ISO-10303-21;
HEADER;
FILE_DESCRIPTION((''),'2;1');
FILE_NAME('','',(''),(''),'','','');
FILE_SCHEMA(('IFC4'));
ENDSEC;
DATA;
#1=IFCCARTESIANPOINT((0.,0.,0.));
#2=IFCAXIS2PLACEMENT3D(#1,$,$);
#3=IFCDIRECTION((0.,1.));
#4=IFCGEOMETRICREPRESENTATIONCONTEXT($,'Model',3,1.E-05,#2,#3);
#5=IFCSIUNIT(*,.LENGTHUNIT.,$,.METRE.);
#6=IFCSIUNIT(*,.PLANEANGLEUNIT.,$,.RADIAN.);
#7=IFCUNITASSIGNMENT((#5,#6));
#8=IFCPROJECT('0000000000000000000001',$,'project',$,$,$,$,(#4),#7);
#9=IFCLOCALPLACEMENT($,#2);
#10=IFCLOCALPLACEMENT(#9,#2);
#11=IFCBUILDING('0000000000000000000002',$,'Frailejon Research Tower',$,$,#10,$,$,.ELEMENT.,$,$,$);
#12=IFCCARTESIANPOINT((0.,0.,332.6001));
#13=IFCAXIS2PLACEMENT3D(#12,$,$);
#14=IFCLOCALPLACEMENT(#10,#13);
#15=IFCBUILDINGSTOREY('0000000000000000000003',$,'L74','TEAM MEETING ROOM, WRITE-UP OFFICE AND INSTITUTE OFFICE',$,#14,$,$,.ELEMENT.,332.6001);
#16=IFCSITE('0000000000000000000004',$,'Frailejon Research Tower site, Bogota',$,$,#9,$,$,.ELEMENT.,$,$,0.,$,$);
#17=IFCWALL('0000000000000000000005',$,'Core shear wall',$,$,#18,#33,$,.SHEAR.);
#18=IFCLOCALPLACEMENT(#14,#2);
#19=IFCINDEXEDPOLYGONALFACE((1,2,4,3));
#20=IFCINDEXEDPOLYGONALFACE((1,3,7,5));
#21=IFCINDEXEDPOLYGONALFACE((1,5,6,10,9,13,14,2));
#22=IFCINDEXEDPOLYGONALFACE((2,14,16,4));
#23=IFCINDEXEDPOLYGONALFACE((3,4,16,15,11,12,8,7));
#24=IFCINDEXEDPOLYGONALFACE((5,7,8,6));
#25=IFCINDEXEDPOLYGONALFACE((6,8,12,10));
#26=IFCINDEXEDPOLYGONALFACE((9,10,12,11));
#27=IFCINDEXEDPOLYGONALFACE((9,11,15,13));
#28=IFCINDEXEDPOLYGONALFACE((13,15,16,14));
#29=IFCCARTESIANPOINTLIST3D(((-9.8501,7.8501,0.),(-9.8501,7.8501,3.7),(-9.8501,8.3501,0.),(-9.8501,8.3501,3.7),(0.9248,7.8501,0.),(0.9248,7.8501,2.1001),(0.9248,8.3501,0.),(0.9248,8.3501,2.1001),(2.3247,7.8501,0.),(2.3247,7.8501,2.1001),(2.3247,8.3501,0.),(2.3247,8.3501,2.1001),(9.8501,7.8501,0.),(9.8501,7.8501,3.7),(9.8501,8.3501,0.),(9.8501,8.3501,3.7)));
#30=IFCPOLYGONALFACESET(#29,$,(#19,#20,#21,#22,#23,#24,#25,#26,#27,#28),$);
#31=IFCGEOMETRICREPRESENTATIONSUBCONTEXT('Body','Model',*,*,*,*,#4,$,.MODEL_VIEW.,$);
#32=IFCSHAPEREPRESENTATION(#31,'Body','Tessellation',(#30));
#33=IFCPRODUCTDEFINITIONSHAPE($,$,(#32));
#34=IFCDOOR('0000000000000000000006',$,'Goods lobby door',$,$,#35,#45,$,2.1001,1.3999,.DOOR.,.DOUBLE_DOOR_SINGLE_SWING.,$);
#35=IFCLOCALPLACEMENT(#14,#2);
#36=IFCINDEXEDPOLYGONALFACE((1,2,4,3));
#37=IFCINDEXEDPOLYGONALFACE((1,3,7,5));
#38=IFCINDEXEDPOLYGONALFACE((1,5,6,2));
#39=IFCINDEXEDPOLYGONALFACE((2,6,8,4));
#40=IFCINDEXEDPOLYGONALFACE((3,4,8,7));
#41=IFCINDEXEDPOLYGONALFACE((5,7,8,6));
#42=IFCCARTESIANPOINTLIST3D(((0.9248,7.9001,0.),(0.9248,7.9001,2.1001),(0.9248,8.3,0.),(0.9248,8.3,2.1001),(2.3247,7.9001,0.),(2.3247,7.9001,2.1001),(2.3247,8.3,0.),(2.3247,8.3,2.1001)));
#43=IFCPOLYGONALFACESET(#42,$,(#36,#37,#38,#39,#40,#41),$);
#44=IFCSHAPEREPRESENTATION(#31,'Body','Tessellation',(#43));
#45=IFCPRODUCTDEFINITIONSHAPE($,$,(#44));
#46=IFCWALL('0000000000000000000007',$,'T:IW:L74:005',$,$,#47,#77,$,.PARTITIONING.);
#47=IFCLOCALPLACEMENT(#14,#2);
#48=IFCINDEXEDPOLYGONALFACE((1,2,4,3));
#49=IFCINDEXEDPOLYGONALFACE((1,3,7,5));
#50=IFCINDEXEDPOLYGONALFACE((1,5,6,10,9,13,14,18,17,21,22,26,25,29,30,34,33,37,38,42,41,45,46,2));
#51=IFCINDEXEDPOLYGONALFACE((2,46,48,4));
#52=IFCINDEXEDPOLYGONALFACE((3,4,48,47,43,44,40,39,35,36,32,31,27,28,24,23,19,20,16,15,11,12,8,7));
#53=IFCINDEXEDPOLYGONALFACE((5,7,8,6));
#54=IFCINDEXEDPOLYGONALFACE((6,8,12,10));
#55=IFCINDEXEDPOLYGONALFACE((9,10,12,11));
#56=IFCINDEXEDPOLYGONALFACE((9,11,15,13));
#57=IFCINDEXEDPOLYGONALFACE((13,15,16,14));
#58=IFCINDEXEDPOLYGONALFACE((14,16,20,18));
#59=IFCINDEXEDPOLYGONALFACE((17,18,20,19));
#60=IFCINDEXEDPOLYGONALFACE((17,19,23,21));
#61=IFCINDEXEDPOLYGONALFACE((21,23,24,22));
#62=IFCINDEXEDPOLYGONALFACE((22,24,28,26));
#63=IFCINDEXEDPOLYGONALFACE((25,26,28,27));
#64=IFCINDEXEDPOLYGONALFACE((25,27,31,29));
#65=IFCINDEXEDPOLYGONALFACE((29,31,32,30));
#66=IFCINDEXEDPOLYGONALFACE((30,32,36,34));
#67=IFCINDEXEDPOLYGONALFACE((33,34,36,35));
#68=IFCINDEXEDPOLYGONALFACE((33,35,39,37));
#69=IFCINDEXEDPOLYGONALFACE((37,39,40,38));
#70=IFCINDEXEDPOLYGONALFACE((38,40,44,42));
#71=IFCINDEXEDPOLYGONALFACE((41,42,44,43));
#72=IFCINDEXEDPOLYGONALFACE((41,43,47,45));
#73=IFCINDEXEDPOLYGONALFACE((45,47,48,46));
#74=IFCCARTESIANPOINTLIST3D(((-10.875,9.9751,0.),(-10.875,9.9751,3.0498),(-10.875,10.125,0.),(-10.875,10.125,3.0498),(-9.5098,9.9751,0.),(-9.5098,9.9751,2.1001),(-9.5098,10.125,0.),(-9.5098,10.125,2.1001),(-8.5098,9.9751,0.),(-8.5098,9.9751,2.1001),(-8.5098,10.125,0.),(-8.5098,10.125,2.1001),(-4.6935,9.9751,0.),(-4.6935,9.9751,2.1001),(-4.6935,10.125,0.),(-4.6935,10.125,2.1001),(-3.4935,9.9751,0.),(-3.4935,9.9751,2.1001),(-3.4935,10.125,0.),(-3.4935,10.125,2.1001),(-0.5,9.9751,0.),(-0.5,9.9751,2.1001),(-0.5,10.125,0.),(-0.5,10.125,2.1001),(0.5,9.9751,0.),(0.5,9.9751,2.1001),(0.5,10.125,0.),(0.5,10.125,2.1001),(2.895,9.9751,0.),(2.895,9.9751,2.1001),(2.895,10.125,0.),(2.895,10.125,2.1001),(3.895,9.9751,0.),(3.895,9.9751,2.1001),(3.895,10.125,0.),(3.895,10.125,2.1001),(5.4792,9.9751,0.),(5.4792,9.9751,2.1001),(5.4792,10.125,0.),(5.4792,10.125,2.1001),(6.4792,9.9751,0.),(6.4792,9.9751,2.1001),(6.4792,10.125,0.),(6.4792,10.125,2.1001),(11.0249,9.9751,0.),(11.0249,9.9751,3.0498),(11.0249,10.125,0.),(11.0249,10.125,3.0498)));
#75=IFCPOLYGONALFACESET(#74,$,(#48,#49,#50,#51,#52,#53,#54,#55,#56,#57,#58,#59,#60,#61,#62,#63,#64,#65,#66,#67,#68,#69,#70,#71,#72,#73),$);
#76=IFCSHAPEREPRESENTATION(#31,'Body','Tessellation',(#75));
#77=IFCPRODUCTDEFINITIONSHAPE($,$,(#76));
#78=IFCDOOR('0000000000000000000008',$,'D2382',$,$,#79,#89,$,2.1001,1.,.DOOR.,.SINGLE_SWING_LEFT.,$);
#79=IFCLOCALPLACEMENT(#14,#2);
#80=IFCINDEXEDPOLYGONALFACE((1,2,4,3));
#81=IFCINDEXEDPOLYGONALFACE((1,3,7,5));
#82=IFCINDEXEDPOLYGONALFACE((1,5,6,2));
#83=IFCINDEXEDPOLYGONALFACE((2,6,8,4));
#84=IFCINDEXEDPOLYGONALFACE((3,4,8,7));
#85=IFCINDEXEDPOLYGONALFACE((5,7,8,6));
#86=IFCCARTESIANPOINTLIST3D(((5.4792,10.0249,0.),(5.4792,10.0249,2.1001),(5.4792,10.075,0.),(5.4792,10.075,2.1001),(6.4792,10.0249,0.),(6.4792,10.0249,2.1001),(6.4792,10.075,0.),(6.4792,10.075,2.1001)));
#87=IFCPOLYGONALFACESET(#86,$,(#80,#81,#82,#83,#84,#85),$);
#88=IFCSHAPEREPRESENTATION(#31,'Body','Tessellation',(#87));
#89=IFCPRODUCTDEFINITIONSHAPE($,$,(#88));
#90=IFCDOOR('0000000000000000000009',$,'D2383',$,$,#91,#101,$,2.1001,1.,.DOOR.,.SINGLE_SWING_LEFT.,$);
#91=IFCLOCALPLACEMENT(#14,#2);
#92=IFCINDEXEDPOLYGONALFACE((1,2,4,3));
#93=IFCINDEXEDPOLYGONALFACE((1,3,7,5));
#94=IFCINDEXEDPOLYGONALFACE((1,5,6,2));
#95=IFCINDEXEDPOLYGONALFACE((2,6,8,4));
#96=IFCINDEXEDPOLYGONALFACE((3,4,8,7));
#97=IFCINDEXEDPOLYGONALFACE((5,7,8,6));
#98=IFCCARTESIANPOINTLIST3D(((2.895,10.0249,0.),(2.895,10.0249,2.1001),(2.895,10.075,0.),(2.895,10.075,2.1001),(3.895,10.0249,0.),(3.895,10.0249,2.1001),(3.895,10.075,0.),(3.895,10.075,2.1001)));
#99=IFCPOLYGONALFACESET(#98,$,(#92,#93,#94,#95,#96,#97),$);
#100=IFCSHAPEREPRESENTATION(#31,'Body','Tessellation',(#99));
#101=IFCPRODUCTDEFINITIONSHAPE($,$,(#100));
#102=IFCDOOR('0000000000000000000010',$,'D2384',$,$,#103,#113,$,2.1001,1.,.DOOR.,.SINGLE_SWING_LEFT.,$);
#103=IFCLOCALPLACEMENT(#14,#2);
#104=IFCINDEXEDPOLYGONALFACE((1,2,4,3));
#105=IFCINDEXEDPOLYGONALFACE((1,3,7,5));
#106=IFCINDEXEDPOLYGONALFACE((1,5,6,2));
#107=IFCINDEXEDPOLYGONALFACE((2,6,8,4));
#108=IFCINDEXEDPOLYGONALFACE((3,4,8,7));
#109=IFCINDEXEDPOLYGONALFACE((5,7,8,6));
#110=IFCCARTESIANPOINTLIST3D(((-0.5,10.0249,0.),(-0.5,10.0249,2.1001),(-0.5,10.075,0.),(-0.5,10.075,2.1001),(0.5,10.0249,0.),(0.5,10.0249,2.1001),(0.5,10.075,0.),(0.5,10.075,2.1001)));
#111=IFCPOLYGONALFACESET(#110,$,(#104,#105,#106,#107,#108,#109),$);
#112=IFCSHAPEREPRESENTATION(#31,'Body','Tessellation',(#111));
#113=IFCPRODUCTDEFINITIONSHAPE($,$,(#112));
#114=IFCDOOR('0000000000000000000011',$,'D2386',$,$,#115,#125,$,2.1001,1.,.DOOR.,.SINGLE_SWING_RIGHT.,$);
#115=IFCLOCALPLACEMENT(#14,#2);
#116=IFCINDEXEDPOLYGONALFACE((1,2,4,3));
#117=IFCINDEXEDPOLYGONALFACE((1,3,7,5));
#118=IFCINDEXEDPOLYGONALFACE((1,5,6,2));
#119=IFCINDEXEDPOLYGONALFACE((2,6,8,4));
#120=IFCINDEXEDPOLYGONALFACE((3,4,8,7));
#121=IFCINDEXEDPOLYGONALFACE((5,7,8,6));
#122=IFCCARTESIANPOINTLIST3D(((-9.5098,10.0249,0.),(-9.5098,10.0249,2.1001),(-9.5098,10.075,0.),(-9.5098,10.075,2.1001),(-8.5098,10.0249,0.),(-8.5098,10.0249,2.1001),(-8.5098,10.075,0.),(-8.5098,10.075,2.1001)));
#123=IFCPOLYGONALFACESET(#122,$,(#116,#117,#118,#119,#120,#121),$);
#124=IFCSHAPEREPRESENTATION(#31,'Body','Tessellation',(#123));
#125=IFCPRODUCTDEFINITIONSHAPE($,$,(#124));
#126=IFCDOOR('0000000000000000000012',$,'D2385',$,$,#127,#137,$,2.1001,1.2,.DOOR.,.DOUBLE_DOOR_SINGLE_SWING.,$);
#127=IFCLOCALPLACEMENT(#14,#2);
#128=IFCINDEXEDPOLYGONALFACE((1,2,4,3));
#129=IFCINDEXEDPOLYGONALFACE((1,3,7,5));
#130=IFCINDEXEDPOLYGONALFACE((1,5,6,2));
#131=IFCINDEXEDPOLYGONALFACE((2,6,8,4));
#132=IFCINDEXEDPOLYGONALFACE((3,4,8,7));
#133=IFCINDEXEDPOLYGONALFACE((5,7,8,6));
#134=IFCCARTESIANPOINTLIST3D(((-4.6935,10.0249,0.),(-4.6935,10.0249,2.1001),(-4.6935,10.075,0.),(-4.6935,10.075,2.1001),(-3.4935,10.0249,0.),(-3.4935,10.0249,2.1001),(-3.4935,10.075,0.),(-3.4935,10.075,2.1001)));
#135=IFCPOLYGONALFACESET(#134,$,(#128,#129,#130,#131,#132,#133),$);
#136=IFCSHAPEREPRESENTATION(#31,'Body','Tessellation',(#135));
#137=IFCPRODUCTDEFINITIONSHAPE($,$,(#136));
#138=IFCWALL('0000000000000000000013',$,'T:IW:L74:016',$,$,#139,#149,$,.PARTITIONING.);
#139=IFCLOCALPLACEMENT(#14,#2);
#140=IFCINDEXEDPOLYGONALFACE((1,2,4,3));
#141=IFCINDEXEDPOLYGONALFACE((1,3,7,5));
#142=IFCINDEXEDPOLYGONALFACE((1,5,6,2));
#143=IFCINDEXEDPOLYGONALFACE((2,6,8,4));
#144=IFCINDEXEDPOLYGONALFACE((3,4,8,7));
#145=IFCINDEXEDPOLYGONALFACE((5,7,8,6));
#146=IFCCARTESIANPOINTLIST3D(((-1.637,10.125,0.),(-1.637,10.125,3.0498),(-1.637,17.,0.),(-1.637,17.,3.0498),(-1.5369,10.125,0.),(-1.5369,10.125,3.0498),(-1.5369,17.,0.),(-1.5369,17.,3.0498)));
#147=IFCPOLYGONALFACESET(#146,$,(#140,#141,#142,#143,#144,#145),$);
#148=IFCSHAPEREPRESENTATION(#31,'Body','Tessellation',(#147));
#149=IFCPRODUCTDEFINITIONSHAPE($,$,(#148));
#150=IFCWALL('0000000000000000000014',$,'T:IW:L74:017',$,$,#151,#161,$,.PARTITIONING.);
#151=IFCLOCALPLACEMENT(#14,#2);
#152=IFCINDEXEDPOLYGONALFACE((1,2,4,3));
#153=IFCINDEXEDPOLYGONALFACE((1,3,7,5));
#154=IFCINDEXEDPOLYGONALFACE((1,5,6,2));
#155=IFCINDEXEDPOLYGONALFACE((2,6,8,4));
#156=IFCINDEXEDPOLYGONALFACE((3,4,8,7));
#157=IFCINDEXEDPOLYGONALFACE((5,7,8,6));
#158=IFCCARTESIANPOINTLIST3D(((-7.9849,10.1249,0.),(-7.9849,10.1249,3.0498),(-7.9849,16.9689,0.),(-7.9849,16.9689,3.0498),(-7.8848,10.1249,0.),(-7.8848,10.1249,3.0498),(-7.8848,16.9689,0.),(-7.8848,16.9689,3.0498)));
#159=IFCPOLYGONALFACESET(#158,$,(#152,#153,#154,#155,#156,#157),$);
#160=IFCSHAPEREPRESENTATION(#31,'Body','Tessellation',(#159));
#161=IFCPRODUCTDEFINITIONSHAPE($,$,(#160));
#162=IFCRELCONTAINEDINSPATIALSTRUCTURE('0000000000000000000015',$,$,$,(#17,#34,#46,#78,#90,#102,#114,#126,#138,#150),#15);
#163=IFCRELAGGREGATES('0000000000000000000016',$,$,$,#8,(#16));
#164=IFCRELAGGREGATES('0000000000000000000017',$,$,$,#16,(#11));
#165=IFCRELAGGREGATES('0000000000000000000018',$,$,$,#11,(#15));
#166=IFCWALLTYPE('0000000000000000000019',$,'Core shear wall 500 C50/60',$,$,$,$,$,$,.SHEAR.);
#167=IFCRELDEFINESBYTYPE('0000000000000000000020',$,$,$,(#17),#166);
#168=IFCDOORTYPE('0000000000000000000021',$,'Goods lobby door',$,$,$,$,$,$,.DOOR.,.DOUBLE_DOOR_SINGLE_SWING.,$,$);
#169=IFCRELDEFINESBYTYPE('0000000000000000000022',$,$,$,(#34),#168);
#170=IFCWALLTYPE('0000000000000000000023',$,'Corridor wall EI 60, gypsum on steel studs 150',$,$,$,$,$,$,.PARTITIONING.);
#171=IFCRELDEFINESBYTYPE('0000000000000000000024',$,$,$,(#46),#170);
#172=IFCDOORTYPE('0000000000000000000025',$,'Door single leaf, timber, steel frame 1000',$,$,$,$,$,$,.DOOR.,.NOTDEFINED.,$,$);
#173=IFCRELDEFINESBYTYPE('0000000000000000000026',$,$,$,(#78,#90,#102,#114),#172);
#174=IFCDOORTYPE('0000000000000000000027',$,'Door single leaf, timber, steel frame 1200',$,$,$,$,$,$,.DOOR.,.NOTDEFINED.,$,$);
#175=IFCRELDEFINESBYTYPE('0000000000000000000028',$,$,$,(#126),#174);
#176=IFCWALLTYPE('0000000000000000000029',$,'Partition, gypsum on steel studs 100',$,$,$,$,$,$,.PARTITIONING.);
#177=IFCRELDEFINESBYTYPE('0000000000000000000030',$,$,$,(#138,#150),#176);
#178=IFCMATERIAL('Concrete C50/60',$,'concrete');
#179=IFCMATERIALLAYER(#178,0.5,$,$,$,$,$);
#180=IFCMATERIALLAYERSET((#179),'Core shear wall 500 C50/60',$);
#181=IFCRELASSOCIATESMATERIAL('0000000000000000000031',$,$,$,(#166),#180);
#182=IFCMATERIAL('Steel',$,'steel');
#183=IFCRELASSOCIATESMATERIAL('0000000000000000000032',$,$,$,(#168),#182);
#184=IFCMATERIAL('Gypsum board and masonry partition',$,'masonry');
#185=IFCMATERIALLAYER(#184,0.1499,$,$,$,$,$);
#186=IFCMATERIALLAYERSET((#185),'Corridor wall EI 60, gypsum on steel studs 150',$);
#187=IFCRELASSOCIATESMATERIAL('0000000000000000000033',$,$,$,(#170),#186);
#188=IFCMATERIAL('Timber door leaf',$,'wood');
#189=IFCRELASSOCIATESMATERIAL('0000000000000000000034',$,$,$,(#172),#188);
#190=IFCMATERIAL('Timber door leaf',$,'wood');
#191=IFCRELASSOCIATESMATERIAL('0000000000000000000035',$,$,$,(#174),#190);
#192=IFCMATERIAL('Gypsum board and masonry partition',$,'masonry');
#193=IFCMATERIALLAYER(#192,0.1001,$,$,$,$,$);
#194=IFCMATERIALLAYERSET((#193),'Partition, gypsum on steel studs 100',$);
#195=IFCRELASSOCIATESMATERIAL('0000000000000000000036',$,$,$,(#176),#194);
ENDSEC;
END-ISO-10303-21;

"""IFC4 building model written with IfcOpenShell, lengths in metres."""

from ifc_helpers import new_model, si_unit, direction, frame, frame_2d, origin, place, context, subcontext, project, spatial, rectangle, extrude, material, layer, layer_set, type_object, element, fill, save


model = new_model("IFC4")

# Units and contexts
model_context = context("Model", 3, precision=1e-05, world=origin(), true_north=direction((0.0, 1.0)))
body_context = subcontext(model_context, "Body", "Model", "MODEL_VIEW")
ifc_project = project(units=[si_unit("LENGTHUNIT", "METRE"), si_unit("PLANEANGLEUNIT", "RADIAN")], contexts=[model_context])

# Site, building, storey
site_placement = place(None, origin())
site = spatial("IfcSite", under=ifc_project, at=site_placement, Name="Frailejon Research Tower site, Bogota", CompositionType="ELEMENT", RefElevation=0.0)
building_placement = place(site_placement, origin())
building = spatial("IfcBuilding", under=site, at=building_placement, Name="Frailejon Research Tower", CompositionType="ELEMENT")
storey_placement = place(building_placement, frame((0.0, 0.0, 332.6001)))
storey = spatial("IfcBuildingStorey", under=building, at=storey_placement, Name="L74", Description="TEAM MEETING ROOM, WRITE-UP OFFICE AND INSTITUTE OFFICE", CompositionType="ELEMENT", Elevation=332.6001)

# Wall, opening, door
ifc_material_1 = material(Name="Concrete C50/60", Category="concrete")
ifc_layer_1 = layer(ifc_material_1, 0.5)
ifc_layer_set_1 = layer_set([ifc_layer_1], Name="Core shear wall 500 C50/60")
wall_type_1 = type_object("IfcWallType", Name="Core shear wall 500 C50/60", PredefinedType="SHEAR", material=ifc_layer_set_1)
wall_1_placement = place(storey_placement, frame((-9.8501, 8.1001, 0.0), z_axis=(0.0, 0.0, 1.0), x_axis=(1.0, 0.0, 0.0)))
wall_1 = element("IfcWall", 1, at=wall_1_placement, inside=storey, type_object=wall_type_1, Name="Core shear wall", PredefinedType="SHEAR", context=body_context, shape_type="SweptSolid", body=[
    extrude(rectangle(XDim=19.7002, YDim=0.5, at=frame_2d((9.8501, 0.0))), origin(), (0.0, 0.0, 1.0), 3.7),
])
opening_1_placement = place(wall_1_placement, frame((10.7749, 0.0, 0.0)))
opening_1 = element("IfcOpeningElement", 2, at=opening_1_placement, cuts=wall_1, PredefinedType="OPENING", context=body_context, shape_type="SweptSolid", body=[
    extrude(rectangle(XDim=1.3999, YDim=2.1001, at=frame_2d((0.7, 1.05))), frame((0.0, 0.26, 0.0), z_axis=(0.0, -1.0, 0.0), x_axis=(1.0, 0.0, 0.0)), (0.0, 0.0, 1.0), 0.52),
])
ifc_material_2 = material(Name="Steel", Category="steel")
door_type_1 = type_object("IfcDoorType", Name="Goods lobby door", OperationType="DOUBLE_DOOR_SINGLE_SWING", PredefinedType="DOOR", material=ifc_material_2)
door_1_placement = place(opening_1_placement, origin())
door_1 = element("IfcDoor", 3, at=door_1_placement, inside=storey, type_object=door_type_1, Name="Goods lobby door", OperationType="DOUBLE_DOOR_SINGLE_SWING", OverallHeight=2.1001, OverallWidth=1.3999, PredefinedType="DOOR", context=body_context, shape_type="SweptSolid", body=[
    extrude(rectangle(XDim=1.3999, YDim=2.1001, at=frame_2d((0.7, 1.05))), frame((0.0, 0.2, 0.0), z_axis=(0.0, -1.0, 0.0), x_axis=(1.0, 0.0, 0.0)), (0.0, 0.0, 1.0), 0.3999),
])
fill(opening_1, door_1)

# Wall, openings, doors
ifc_material_3 = material(Name="Gypsum board and masonry partition", Category="masonry")
ifc_layer_2 = layer(ifc_material_3, 0.1499)
ifc_layer_set_2 = layer_set([ifc_layer_2], Name="Corridor wall EI 60, gypsum on steel studs 150")
wall_type_2 = type_object("IfcWallType", Name="Corridor wall EI 60, gypsum on steel studs 150", PredefinedType="PARTITIONING", material=ifc_layer_set_2)
wall_2_placement = place(storey_placement, frame((-10.875, 10.05, 0.0), z_axis=(0.0, 0.0, 1.0), x_axis=(1.0, 0.0, 0.0)))
wall_2 = element("IfcWall", 4, at=wall_2_placement, inside=storey, type_object=wall_type_2, Name="T:IW:L74:005", PredefinedType="PARTITIONING", context=body_context, shape_type="SweptSolid", body=[
    extrude(rectangle(XDim=21.8999, YDim=0.1499, at=frame_2d((10.95, 0.0))), origin(), (0.0, 0.0, 1.0), 3.0498),
])
opening_2_placement = place(wall_2_placement, frame((16.3542, 0.0, 0.0)))
opening_2 = element("IfcOpeningElement", 5, at=opening_2_placement, cuts=wall_2, PredefinedType="OPENING", context=body_context, shape_type="SweptSolid", body=[
    extrude(rectangle(XDim=1.0, YDim=2.1001, at=frame_2d((0.5, 1.05))), frame((0.0, 0.085, 0.0), z_axis=(0.0, -1.0, 0.0), x_axis=(1.0, 0.0, 0.0)), (0.0, 0.0, 1.0), 0.1699),
])
opening_3_placement = place(wall_2_placement, frame((13.77, 0.0, 0.0)))
opening_3 = element("IfcOpeningElement", 6, at=opening_3_placement, cuts=wall_2, PredefinedType="OPENING", context=body_context, shape_type="SweptSolid", body=[
    extrude(rectangle(XDim=1.0, YDim=2.1001, at=frame_2d((0.5, 1.05))), frame((0.0, 0.085, 0.0), z_axis=(0.0, -1.0, 0.0), x_axis=(1.0, 0.0, 0.0)), (0.0, 0.0, 1.0), 0.1699),
])
opening_4_placement = place(wall_2_placement, frame((10.375, 0.0, 0.0)))
opening_4 = element("IfcOpeningElement", 7, at=opening_4_placement, cuts=wall_2, PredefinedType="OPENING", context=body_context, shape_type="SweptSolid", body=[
    extrude(rectangle(XDim=1.0, YDim=2.1001, at=frame_2d((0.5, 1.05))), frame((0.0, 0.085, 0.0), z_axis=(0.0, -1.0, 0.0), x_axis=(1.0, 0.0, 0.0)), (0.0, 0.0, 1.0), 0.1699),
])
opening_5_placement = place(wall_2_placement, frame((6.1814, 0.0, 0.0)))
opening_5 = element("IfcOpeningElement", 8, at=opening_5_placement, cuts=wall_2, PredefinedType="OPENING", context=body_context, shape_type="SweptSolid", body=[
    extrude(rectangle(XDim=1.2, YDim=2.1001, at=frame_2d((0.6001, 1.05))), frame((0.0, 0.085, 0.0), z_axis=(0.0, -1.0, 0.0), x_axis=(1.0, 0.0, 0.0)), (0.0, 0.0, 1.0), 0.1699),
])
opening_6_placement = place(wall_2_placement, frame((1.3652, 0.0, 0.0)))
opening_6 = element("IfcOpeningElement", 9, at=opening_6_placement, cuts=wall_2, PredefinedType="OPENING", context=body_context, shape_type="SweptSolid", body=[
    extrude(rectangle(XDim=1.0, YDim=2.1001, at=frame_2d((0.5, 1.05))), frame((0.0, 0.085, 0.0), z_axis=(0.0, -1.0, 0.0), x_axis=(1.0, 0.0, 0.0)), (0.0, 0.0, 1.0), 0.1699),
])
ifc_material_4 = material(Name="Timber door leaf", Category="wood")
door_type_2 = type_object("IfcDoorType", Name="Door single leaf, timber, steel frame 1000", OperationType="NOTDEFINED", PredefinedType="DOOR", material=ifc_material_4)
door_2_placement = place(opening_2_placement, origin())
door_2 = element("IfcDoor", 10, at=door_2_placement, inside=storey, type_object=door_type_2, Name="D2382", OperationType="SINGLE_SWING_LEFT", OverallHeight=2.1001, OverallWidth=1.0, PredefinedType="DOOR", context=body_context, shape_type="SweptSolid", body=[
    extrude(rectangle(XDim=1.0, YDim=2.1001, at=frame_2d((0.5, 1.05))), frame((0.0, 0.0249, 0.0), z_axis=(0.0, -1.0, 0.0), x_axis=(1.0, 0.0, 0.0)), (0.0, 0.0, 1.0), 0.05),
])
fill(opening_2, door_2)
door_3_placement = place(opening_3_placement, origin())
door_3 = element("IfcDoor", 11, at=door_3_placement, inside=storey, type_object=door_type_2, Name="D2383", OperationType="SINGLE_SWING_LEFT", OverallHeight=2.1001, OverallWidth=1.0, PredefinedType="DOOR", context=body_context, shape_type="SweptSolid", body=[
    extrude(rectangle(XDim=1.0, YDim=2.1001, at=frame_2d((0.5, 1.05))), frame((0.0, 0.0249, 0.0), z_axis=(0.0, -1.0, 0.0), x_axis=(1.0, 0.0, 0.0)), (0.0, 0.0, 1.0), 0.05),
])
fill(opening_3, door_3)
door_4_placement = place(opening_4_placement, origin())
door_4 = element("IfcDoor", 12, at=door_4_placement, inside=storey, type_object=door_type_2, Name="D2384", OperationType="SINGLE_SWING_LEFT", OverallHeight=2.1001, OverallWidth=1.0, PredefinedType="DOOR", context=body_context, shape_type="SweptSolid", body=[
    extrude(rectangle(XDim=1.0, YDim=2.1001, at=frame_2d((0.5, 1.05))), frame((0.0, 0.0249, 0.0), z_axis=(0.0, -1.0, 0.0), x_axis=(1.0, 0.0, 0.0)), (0.0, 0.0, 1.0), 0.05),
])
fill(opening_4, door_4)
door_5_placement = place(opening_6_placement, origin())
door_5 = element("IfcDoor", 13, at=door_5_placement, inside=storey, type_object=door_type_2, Name="D2386", OperationType="SINGLE_SWING_RIGHT", OverallHeight=2.1001, OverallWidth=1.0, PredefinedType="DOOR", context=body_context, shape_type="SweptSolid", body=[
    extrude(rectangle(XDim=1.0, YDim=2.1001, at=frame_2d((0.5, 1.05))), frame((0.0, 0.0249, 0.0), z_axis=(0.0, -1.0, 0.0), x_axis=(1.0, 0.0, 0.0)), (0.0, 0.0, 1.0), 0.05),
])
fill(opening_6, door_5)
ifc_material_5 = material(Name="Timber door leaf", Category="wood")
door_type_3 = type_object("IfcDoorType", Name="Door single leaf, timber, steel frame 1200", OperationType="NOTDEFINED", PredefinedType="DOOR", material=ifc_material_5)
door_6_placement = place(opening_5_placement, origin())
door_6 = element("IfcDoor", 14, at=door_6_placement, inside=storey, type_object=door_type_3, Name="D2385", OperationType="DOUBLE_DOOR_SINGLE_SWING", OverallHeight=2.1001, OverallWidth=1.2, PredefinedType="DOOR", context=body_context, shape_type="SweptSolid", body=[
    extrude(rectangle(XDim=1.2, YDim=2.1001, at=frame_2d((0.6001, 1.05))), frame((0.0, 0.0249, 0.0), z_axis=(0.0, -1.0, 0.0), x_axis=(1.0, 0.0, 0.0)), (0.0, 0.0, 1.0), 0.05),
])
fill(opening_5, door_6)

# Walls
ifc_material_6 = material(Name="Gypsum board and masonry partition", Category="masonry")
ifc_layer_3 = layer(ifc_material_6, 0.1001)
ifc_layer_set_3 = layer_set([ifc_layer_3], Name="Partition, gypsum on steel studs 100")
wall_type_3 = type_object("IfcWallType", Name="Partition, gypsum on steel studs 100", PredefinedType="PARTITIONING", material=ifc_layer_set_3)
wall_3_placement = place(storey_placement, frame((-1.5869, 10.125, 0.0), z_axis=(0.0, 0.0, 1.0), x_axis=(0.0, 1.0, 0.0)))
element("IfcWall", 15, at=wall_3_placement, inside=storey, type_object=wall_type_3, Name="T:IW:L74:016", PredefinedType="PARTITIONING", context=body_context, shape_type="SweptSolid", body=[
    extrude(rectangle(XDim=6.875, YDim=0.1001, at=frame_2d((3.4375, 0.0))), origin(), (0.0, 0.0, 1.0), 3.0498),
])
wall_4_placement = place(storey_placement, frame((-7.9348, 10.125, 0.0), z_axis=(0.0, 0.0, 1.0), x_axis=(0.0, 1.0, 0.0)))
element("IfcWall", 16, at=wall_4_placement, inside=storey, type_object=wall_type_3, Name="T:IW:L74:017", PredefinedType="PARTITIONING", context=body_context, shape_type="SweptSolid", body=[
    extrude(rectangle(XDim=6.844, YDim=0.1001, at=frame_2d((3.4219, 0.0))), origin(), (0.0, 0.0, 1.0), 3.0498),
])

save(model, "model.ifc")
